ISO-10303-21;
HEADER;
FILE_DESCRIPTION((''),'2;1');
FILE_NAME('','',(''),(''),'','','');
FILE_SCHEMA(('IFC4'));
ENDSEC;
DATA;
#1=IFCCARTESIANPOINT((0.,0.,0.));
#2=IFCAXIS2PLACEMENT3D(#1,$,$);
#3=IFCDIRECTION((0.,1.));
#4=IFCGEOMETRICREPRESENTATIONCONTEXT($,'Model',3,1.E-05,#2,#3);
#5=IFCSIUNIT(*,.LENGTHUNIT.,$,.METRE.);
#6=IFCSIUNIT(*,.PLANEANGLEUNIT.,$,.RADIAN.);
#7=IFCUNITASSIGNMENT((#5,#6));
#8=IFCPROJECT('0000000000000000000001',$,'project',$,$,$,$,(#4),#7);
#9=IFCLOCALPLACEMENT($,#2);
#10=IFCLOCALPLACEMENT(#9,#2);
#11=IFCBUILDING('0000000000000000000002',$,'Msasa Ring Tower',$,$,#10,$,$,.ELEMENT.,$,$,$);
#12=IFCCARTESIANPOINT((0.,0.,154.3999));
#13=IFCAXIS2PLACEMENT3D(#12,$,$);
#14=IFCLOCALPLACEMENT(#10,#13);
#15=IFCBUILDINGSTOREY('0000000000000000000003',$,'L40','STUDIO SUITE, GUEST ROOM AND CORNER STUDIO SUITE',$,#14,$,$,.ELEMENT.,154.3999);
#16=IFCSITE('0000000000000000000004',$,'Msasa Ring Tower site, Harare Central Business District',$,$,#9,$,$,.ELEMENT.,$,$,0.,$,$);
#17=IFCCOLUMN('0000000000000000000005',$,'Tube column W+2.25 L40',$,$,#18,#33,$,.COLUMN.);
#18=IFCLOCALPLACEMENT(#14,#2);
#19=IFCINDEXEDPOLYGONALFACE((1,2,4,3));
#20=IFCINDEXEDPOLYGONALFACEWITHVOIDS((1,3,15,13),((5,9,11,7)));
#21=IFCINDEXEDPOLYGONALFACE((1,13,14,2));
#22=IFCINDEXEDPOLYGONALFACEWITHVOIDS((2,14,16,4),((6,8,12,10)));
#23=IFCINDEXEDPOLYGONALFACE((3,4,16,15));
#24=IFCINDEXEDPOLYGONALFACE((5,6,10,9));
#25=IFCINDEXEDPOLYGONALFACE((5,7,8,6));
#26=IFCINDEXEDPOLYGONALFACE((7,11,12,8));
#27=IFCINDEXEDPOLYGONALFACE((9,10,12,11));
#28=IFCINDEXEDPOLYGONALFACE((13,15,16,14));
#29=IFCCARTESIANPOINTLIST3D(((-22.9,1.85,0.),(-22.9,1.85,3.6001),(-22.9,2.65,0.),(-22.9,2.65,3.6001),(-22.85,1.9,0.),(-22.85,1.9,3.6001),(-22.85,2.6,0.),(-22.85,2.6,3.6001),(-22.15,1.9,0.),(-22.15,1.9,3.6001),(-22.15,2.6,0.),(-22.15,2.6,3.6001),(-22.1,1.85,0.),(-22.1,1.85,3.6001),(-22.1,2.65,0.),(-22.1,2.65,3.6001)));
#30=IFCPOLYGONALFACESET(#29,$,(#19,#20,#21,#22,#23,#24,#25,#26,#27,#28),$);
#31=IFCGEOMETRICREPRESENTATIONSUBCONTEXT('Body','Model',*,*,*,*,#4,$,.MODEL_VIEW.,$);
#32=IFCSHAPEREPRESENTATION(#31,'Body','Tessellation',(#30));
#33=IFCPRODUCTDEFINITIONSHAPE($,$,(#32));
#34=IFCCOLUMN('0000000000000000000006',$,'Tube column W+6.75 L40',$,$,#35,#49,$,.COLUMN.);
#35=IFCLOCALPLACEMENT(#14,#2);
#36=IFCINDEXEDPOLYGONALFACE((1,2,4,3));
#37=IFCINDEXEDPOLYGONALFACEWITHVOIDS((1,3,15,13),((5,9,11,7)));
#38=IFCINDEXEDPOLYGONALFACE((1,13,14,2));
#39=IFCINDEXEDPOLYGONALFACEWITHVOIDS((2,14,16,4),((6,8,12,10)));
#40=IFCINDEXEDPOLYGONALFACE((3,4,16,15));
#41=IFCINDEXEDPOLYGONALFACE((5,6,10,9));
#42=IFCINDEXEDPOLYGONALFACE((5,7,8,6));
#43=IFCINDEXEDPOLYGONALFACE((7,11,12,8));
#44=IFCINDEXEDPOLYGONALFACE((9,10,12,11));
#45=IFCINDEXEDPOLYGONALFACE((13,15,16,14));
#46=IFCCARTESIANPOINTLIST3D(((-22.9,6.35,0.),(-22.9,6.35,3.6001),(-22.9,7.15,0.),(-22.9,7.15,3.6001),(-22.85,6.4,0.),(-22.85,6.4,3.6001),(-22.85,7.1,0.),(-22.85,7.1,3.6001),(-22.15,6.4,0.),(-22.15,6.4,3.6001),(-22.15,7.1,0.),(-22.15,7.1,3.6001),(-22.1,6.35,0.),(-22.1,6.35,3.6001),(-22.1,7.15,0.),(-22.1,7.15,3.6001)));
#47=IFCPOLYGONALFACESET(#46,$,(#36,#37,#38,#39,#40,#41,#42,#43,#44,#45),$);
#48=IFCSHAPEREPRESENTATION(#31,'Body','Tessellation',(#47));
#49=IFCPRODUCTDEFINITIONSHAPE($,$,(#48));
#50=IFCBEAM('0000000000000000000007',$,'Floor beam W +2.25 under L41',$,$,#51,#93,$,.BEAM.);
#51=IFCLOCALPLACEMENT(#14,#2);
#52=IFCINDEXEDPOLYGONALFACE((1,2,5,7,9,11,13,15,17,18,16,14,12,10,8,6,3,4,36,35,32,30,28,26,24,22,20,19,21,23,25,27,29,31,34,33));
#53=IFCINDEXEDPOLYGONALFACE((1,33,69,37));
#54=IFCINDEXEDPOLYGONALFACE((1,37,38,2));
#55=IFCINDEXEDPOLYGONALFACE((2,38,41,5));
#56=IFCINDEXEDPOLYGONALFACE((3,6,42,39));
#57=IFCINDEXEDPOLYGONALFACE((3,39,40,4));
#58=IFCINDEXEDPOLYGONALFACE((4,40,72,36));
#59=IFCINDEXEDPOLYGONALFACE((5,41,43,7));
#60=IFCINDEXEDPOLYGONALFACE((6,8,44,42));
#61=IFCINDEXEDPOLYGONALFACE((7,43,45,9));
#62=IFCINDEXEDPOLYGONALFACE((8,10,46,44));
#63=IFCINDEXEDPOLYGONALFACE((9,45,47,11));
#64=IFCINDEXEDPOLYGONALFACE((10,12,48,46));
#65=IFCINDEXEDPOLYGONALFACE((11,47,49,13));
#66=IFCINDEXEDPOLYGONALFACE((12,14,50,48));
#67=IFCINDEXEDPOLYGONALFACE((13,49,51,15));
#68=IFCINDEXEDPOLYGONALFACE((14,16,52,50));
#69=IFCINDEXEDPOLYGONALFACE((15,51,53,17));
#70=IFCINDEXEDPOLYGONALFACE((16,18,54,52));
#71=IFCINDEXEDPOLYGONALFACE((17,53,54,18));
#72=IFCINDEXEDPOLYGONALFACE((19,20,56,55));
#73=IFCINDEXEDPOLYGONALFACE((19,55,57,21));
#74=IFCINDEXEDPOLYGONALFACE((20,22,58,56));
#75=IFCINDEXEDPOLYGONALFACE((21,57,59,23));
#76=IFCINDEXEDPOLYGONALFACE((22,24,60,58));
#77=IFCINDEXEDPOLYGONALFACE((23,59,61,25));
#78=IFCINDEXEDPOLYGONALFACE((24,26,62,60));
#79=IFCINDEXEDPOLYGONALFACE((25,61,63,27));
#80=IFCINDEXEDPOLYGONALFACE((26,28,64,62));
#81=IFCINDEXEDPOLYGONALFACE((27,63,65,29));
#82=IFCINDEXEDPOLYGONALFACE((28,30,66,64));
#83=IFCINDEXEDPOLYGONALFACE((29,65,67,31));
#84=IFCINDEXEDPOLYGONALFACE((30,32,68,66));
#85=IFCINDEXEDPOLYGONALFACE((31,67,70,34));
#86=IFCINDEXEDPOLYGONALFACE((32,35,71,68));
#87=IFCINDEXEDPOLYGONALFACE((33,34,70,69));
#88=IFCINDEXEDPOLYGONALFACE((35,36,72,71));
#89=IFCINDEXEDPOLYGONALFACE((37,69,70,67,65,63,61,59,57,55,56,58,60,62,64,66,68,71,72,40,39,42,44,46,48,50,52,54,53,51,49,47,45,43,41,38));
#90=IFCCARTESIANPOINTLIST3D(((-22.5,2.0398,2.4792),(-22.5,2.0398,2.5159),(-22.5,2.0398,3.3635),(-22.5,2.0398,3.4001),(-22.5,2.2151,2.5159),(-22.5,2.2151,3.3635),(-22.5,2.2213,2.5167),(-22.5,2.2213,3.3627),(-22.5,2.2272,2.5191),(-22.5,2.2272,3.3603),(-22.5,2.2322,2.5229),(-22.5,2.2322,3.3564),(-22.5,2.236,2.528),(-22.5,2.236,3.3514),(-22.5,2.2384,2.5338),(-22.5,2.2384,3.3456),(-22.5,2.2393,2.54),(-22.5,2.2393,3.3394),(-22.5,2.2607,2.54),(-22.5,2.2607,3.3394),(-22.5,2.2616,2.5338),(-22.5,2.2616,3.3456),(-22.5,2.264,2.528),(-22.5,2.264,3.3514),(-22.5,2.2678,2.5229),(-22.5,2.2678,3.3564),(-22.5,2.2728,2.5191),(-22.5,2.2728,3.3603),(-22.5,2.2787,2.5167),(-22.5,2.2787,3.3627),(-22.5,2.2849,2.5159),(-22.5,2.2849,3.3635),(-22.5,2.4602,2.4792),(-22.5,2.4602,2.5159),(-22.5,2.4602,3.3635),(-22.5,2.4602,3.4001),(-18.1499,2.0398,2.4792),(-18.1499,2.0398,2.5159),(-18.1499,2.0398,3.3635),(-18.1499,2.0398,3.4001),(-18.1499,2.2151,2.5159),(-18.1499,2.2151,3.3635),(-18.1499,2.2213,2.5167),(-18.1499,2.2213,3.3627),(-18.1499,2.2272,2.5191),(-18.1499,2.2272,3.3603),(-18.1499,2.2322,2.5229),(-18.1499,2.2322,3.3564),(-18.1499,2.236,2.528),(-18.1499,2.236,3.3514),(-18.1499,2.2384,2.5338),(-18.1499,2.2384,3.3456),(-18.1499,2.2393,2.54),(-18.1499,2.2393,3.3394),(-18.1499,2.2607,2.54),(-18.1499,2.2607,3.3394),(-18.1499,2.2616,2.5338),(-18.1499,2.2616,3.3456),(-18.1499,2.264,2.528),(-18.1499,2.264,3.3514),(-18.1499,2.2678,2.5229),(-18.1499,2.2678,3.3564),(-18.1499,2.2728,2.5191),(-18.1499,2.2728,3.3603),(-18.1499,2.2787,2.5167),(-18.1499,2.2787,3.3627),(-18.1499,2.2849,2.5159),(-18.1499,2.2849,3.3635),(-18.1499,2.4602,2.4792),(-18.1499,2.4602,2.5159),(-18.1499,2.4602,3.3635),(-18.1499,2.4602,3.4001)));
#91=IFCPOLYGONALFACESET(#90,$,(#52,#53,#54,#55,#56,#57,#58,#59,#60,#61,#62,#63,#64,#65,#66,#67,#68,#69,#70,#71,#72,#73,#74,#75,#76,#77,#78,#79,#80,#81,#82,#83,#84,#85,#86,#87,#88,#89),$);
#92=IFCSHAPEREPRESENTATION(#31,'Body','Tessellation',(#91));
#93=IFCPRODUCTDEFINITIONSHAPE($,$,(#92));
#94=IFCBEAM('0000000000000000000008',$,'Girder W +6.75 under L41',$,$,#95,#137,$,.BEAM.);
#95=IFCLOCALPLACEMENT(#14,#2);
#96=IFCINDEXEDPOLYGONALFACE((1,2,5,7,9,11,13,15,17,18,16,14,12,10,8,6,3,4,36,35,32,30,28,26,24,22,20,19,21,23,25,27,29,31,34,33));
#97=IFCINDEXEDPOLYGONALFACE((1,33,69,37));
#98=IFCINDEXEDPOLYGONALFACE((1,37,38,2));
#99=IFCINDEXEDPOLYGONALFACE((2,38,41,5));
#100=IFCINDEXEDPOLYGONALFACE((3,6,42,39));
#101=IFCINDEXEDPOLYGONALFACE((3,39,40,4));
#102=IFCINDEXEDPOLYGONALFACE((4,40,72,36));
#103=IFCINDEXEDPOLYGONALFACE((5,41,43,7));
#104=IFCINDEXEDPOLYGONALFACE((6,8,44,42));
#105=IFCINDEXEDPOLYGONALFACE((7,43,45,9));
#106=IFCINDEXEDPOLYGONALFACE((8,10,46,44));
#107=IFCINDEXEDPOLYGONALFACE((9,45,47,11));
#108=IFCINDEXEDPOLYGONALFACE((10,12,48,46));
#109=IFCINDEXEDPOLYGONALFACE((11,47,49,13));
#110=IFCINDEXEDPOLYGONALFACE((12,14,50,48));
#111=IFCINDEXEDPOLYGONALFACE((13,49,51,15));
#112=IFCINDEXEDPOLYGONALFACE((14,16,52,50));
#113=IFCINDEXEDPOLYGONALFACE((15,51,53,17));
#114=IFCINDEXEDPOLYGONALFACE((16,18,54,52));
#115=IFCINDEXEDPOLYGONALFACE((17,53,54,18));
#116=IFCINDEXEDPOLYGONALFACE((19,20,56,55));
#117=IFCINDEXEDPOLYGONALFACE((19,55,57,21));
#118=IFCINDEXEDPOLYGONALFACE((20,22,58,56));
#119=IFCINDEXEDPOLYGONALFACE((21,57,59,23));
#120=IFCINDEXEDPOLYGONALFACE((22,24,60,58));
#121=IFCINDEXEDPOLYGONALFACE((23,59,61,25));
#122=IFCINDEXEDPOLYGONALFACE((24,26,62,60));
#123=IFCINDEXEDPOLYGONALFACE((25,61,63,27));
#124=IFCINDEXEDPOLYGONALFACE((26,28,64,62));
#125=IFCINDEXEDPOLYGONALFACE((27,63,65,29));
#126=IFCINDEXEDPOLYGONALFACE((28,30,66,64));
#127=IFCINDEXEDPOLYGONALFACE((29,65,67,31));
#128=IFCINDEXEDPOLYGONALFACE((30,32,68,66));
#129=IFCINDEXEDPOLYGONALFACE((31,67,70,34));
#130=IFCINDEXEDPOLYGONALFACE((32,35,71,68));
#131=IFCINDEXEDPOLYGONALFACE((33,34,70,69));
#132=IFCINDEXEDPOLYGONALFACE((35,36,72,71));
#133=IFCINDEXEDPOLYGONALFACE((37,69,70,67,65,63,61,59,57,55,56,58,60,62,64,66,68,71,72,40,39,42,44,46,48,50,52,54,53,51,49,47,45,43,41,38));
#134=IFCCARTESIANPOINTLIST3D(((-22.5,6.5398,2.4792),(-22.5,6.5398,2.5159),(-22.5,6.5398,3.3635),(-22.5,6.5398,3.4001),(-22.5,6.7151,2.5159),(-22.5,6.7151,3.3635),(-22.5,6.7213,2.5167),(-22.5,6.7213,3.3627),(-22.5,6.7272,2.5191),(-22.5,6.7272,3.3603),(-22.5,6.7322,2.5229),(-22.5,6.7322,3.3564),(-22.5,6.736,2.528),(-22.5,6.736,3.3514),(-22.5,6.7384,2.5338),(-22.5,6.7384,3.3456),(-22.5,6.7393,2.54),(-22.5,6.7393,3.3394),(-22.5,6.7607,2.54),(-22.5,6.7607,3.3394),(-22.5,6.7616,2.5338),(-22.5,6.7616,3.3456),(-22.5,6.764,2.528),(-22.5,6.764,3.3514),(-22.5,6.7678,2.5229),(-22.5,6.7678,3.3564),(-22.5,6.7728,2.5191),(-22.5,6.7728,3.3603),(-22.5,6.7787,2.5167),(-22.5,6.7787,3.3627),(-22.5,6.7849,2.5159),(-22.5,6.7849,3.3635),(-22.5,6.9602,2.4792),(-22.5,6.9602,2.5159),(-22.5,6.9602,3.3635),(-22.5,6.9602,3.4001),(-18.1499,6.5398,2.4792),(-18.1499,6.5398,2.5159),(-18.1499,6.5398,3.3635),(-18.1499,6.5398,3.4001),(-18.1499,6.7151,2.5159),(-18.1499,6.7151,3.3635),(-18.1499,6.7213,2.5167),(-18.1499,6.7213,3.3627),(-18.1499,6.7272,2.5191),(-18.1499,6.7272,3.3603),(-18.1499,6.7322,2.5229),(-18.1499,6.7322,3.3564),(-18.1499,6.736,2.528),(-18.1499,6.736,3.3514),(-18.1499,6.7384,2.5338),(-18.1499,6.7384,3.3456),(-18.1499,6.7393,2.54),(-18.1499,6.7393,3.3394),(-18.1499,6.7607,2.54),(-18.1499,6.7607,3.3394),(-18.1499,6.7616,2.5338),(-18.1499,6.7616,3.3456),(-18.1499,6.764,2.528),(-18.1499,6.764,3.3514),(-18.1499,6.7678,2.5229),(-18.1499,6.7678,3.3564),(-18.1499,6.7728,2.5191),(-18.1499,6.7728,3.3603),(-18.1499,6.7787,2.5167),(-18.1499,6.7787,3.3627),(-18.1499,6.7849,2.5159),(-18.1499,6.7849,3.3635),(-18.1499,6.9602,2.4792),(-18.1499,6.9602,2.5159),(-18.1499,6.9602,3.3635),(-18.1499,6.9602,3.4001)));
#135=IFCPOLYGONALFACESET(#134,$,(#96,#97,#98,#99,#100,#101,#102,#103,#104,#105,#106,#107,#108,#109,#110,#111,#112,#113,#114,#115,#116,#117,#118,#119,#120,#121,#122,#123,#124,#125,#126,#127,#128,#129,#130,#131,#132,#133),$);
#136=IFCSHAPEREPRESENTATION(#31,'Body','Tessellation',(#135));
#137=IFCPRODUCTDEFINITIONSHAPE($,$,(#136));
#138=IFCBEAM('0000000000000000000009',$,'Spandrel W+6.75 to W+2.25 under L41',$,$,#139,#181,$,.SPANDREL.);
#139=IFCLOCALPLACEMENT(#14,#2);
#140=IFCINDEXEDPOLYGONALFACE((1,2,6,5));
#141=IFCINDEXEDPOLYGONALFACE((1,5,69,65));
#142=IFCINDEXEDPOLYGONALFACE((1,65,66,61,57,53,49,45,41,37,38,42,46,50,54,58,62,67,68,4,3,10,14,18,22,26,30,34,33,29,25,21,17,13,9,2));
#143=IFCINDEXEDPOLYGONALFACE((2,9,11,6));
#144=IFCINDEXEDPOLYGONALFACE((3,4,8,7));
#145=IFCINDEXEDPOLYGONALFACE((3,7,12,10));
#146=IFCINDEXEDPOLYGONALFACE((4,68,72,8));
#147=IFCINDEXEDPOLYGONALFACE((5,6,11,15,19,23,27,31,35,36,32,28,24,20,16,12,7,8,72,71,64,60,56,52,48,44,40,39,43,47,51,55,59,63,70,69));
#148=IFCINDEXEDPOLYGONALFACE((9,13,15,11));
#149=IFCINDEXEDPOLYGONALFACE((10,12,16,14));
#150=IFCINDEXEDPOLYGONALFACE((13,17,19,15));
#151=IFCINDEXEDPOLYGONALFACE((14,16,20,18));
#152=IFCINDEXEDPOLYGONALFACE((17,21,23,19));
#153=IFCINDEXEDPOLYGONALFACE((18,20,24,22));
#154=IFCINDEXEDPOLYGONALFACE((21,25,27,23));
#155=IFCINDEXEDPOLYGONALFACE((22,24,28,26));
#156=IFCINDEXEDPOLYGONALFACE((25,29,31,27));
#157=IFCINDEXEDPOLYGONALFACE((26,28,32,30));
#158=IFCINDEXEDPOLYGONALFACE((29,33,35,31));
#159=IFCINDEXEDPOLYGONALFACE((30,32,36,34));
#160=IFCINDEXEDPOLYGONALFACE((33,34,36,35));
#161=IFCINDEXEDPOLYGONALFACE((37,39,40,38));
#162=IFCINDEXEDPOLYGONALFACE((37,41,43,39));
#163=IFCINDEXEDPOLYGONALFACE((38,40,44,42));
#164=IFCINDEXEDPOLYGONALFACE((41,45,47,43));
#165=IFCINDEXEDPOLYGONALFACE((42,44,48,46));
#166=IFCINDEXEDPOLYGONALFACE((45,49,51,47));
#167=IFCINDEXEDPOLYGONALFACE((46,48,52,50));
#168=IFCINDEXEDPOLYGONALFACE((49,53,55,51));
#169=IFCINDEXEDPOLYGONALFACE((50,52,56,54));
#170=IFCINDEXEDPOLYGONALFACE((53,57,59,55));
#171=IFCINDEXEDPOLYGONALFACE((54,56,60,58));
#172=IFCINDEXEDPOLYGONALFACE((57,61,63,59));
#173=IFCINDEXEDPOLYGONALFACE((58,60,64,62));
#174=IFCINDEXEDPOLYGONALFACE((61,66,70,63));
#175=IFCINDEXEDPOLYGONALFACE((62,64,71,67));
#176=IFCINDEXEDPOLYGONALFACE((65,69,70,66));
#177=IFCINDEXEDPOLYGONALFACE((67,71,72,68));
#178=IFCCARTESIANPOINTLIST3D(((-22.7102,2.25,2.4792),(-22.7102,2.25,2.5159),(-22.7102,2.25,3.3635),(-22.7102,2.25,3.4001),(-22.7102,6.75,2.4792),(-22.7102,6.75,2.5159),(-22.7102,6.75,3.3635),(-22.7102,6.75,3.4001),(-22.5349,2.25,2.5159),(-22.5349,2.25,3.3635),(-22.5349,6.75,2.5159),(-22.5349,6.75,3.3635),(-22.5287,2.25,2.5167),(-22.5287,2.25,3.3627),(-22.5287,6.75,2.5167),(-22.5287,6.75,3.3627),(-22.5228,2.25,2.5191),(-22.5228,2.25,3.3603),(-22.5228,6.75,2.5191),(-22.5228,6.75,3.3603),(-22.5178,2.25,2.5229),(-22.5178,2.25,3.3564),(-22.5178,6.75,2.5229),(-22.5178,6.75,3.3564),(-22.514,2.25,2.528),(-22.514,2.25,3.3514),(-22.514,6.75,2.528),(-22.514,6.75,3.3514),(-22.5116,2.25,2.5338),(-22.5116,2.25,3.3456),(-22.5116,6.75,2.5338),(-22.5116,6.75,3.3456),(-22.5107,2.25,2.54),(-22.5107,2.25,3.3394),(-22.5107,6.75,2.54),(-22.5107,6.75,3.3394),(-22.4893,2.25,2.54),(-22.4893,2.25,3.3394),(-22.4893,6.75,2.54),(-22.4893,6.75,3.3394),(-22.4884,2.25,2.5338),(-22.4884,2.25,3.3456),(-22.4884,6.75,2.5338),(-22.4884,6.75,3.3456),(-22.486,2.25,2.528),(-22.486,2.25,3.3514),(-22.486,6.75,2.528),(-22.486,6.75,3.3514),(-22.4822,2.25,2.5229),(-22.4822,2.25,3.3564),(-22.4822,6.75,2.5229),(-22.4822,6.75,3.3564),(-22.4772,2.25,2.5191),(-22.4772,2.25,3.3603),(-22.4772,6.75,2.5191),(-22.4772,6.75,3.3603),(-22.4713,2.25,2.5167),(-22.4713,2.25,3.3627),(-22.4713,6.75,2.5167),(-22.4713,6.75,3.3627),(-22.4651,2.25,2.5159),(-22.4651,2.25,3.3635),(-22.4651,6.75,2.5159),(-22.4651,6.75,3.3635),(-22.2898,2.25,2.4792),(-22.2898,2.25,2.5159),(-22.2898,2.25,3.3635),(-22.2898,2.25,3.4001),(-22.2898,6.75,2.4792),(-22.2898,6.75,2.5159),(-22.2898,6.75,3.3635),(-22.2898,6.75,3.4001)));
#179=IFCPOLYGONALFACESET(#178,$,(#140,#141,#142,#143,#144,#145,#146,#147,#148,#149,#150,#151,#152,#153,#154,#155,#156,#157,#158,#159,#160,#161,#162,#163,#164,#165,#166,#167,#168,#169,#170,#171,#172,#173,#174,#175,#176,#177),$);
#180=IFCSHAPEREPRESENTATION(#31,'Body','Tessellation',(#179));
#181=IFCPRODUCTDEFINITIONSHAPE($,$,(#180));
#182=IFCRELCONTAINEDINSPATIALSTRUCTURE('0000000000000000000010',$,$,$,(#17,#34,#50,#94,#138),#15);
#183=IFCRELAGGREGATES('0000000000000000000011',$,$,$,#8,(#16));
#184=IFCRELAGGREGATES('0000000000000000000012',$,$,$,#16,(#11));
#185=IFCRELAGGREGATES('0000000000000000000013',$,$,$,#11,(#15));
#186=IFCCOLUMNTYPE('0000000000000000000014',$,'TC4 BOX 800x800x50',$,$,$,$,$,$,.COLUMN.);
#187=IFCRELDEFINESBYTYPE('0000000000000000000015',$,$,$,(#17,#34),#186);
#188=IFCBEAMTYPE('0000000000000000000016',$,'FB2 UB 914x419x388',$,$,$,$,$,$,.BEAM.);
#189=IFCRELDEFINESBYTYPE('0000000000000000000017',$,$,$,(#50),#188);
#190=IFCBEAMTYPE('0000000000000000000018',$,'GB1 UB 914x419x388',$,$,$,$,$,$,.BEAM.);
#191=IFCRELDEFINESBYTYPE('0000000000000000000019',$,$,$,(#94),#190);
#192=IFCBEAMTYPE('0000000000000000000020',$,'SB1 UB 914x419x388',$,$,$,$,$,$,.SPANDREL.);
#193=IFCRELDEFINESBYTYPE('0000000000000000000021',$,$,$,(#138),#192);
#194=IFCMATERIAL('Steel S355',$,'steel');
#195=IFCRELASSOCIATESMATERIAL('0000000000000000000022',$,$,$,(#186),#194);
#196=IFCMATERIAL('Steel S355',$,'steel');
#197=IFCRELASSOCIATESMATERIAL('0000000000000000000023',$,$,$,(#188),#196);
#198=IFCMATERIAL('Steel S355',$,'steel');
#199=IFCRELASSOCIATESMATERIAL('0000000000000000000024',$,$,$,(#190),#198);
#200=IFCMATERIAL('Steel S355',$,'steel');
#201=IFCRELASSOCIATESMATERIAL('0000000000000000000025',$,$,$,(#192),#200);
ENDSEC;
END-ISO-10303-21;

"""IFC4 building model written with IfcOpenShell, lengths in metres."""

from ifc_helpers import new_model, si_unit, direction, frame, origin, origin_2d, place, context, subcontext, project, spatial, hollow_rectangle, i_section, extrude, material, material_profile, profile_set, type_object, element, save


model = new_model("IFC4")

# Units and contexts
model_context = context("Model", 3, precision=1e-05, world=origin(), true_north=direction((0.0, 1.0)))
body_context = subcontext(model_context, "Body", "Model", "MODEL_VIEW")
ifc_project = project(units=[si_unit("LENGTHUNIT", "METRE"), si_unit("PLANEANGLEUNIT", "RADIAN")], contexts=[model_context])

# Site, building, storey
site_placement = place(None, origin())
site = spatial("IfcSite", under=ifc_project, at=site_placement, Name="Msasa Ring Tower site, Harare Central Business District", CompositionType="ELEMENT", RefElevation=0.0)
building_placement = place(site_placement, origin())
building = spatial("IfcBuilding", under=site, at=building_placement, Name="Msasa Ring Tower", CompositionType="ELEMENT")
storey_placement = place(building_placement, frame((0.0, 0.0, 154.3999)))
storey = spatial("IfcBuildingStorey", under=building, at=storey_placement, Name="L40", Description="STUDIO SUITE, GUEST ROOM AND CORNER STUDIO SUITE", CompositionType="ELEMENT", Elevation=154.3999)

# Columns
ifc_material_1 = material(Name="Steel S355", Category="steel")
ifc_material_profile_1 = material_profile(ifc_material_1, hollow_rectangle(XDim=0.8, YDim=0.8, WallThickness=0.05, at=origin_2d()), Name="BOX 800x800x50")
ifc_profile_set_1 = profile_set([ifc_material_profile_1], Name="Steel S355")
column_type = type_object("IfcColumnType", Name="TC4 BOX 800x800x50", PredefinedType="COLUMN", material=ifc_profile_set_1)
for number, where, z_axis, x_axis, name in (
    (1, (-22.5, 2.25, 0.0), (0.0, 0.0, 1.0), (1.0, 0.0, 0.0), "Tube column W+2.25 L40"),
    (2, (-22.5, 6.75, 0.0), (0.0, 0.0, 1.0), (1.0, 0.0, 0.0), "Tube column W+6.75 L40"),
):
    element("IfcColumn", number, at=place(storey_placement, frame(where, z_axis=z_axis, x_axis=x_axis)), inside=storey, type_object=column_type, Name=name, PredefinedType="COLUMN", context=body_context, shape_type="SweptSolid", body=[
        extrude(hollow_rectangle(XDim=0.8, YDim=0.8, WallThickness=0.05, at=origin_2d()), origin(), (0.0, 0.0, 1.0), 3.6001),
    ])

# Beams
ifc_material_2 = material(Name="Steel S355", Category="steel")
ifc_material_profile_2 = material_profile(ifc_material_2, i_section(OverallWidth=0.4204, OverallDepth=0.9209, WebThickness=0.0215, FlangeThickness=0.0366, FilletRadius=0.0242, at=origin_2d()), Name="UB 914x419x388")
ifc_profile_set_2 = profile_set([ifc_material_profile_2], Name="Steel S355")
beam_type_1 = type_object("IfcBeamType", Name="FB2 UB 914x419x388", PredefinedType="BEAM", material=ifc_profile_set_2)
beam_1_placement = place(storey_placement, frame((-22.5, 2.25, 2.9397), z_axis=(1.0, 0.0, 0.0), x_axis=(0.0, 1.0, 0.0)))
element("IfcBeam", 3, at=beam_1_placement, inside=storey, type_object=beam_type_1, Name="Floor beam W +2.25 under L41", PredefinedType="BEAM", context=body_context, shape_type="SweptSolid", body=[
    extrude(i_section(OverallWidth=0.4204, OverallDepth=0.9209, WebThickness=0.0215, FlangeThickness=0.0366, FilletRadius=0.0242, at=origin_2d()), origin(), (0.0, 0.0, 1.0), 4.3501),
])
ifc_material_3 = material(Name="Steel S355", Category="steel")
ifc_material_profile_3 = material_profile(ifc_material_3, i_section(OverallWidth=0.4204, OverallDepth=0.9209, WebThickness=0.0215, FlangeThickness=0.0366, FilletRadius=0.0242, at=origin_2d()), Name="UB 914x419x388")
ifc_profile_set_3 = profile_set([ifc_material_profile_3], Name="Steel S355")
beam_type_2 = type_object("IfcBeamType", Name="GB1 UB 914x419x388", PredefinedType="BEAM", material=ifc_profile_set_3)
beam_2_placement = place(storey_placement, frame((-18.1499, 6.75, 2.9397), z_axis=(-1.0, 0.0, 0.0), x_axis=(0.0, -1.0, 0.0)))
element("IfcBeam", 4, at=beam_2_placement, inside=storey, type_object=beam_type_2, Name="Girder W +6.75 under L41", PredefinedType="BEAM", context=body_context, shape_type="SweptSolid", body=[
    extrude(i_section(OverallWidth=0.4204, OverallDepth=0.9209, WebThickness=0.0215, FlangeThickness=0.0366, FilletRadius=0.0242, at=origin_2d()), origin(), (0.0, 0.0, 1.0), 4.3501),
])
ifc_material_4 = material(Name="Steel S355", Category="steel")
ifc_material_profile_4 = material_profile(ifc_material_4, i_section(OverallWidth=0.4204, OverallDepth=0.9209, WebThickness=0.0215, FlangeThickness=0.0366, FilletRadius=0.0242, at=origin_2d()), Name="UB 914x419x388")
ifc_profile_set_4 = profile_set([ifc_material_profile_4], Name="Steel S355")
beam_type_3 = type_object("IfcBeamType", Name="SB1 UB 914x419x388", PredefinedType="SPANDREL", material=ifc_profile_set_4)
for number, where, z_axis, x_axis, name in (
    (5, (-22.5, 6.75, 2.9397), (0.0, -1.0, 0.0), (1.0, 0.0, 0.0), "Spandrel W+6.75 to W+2.25 under L41"),
):
    element("IfcBeam", number, at=place(storey_placement, frame(where, z_axis=z_axis, x_axis=x_axis)), inside=storey, type_object=beam_type_3, Name=name, PredefinedType="SPANDREL", context=body_context, shape_type="SweptSolid", body=[
        extrude(i_section(OverallWidth=0.4204, OverallDepth=0.9209, WebThickness=0.0215, FlangeThickness=0.0366, FilletRadius=0.0242, at=origin_2d()), origin(), (0.0, 0.0, 1.0), 4.5),
    ])

save(model, "model.ifc")
